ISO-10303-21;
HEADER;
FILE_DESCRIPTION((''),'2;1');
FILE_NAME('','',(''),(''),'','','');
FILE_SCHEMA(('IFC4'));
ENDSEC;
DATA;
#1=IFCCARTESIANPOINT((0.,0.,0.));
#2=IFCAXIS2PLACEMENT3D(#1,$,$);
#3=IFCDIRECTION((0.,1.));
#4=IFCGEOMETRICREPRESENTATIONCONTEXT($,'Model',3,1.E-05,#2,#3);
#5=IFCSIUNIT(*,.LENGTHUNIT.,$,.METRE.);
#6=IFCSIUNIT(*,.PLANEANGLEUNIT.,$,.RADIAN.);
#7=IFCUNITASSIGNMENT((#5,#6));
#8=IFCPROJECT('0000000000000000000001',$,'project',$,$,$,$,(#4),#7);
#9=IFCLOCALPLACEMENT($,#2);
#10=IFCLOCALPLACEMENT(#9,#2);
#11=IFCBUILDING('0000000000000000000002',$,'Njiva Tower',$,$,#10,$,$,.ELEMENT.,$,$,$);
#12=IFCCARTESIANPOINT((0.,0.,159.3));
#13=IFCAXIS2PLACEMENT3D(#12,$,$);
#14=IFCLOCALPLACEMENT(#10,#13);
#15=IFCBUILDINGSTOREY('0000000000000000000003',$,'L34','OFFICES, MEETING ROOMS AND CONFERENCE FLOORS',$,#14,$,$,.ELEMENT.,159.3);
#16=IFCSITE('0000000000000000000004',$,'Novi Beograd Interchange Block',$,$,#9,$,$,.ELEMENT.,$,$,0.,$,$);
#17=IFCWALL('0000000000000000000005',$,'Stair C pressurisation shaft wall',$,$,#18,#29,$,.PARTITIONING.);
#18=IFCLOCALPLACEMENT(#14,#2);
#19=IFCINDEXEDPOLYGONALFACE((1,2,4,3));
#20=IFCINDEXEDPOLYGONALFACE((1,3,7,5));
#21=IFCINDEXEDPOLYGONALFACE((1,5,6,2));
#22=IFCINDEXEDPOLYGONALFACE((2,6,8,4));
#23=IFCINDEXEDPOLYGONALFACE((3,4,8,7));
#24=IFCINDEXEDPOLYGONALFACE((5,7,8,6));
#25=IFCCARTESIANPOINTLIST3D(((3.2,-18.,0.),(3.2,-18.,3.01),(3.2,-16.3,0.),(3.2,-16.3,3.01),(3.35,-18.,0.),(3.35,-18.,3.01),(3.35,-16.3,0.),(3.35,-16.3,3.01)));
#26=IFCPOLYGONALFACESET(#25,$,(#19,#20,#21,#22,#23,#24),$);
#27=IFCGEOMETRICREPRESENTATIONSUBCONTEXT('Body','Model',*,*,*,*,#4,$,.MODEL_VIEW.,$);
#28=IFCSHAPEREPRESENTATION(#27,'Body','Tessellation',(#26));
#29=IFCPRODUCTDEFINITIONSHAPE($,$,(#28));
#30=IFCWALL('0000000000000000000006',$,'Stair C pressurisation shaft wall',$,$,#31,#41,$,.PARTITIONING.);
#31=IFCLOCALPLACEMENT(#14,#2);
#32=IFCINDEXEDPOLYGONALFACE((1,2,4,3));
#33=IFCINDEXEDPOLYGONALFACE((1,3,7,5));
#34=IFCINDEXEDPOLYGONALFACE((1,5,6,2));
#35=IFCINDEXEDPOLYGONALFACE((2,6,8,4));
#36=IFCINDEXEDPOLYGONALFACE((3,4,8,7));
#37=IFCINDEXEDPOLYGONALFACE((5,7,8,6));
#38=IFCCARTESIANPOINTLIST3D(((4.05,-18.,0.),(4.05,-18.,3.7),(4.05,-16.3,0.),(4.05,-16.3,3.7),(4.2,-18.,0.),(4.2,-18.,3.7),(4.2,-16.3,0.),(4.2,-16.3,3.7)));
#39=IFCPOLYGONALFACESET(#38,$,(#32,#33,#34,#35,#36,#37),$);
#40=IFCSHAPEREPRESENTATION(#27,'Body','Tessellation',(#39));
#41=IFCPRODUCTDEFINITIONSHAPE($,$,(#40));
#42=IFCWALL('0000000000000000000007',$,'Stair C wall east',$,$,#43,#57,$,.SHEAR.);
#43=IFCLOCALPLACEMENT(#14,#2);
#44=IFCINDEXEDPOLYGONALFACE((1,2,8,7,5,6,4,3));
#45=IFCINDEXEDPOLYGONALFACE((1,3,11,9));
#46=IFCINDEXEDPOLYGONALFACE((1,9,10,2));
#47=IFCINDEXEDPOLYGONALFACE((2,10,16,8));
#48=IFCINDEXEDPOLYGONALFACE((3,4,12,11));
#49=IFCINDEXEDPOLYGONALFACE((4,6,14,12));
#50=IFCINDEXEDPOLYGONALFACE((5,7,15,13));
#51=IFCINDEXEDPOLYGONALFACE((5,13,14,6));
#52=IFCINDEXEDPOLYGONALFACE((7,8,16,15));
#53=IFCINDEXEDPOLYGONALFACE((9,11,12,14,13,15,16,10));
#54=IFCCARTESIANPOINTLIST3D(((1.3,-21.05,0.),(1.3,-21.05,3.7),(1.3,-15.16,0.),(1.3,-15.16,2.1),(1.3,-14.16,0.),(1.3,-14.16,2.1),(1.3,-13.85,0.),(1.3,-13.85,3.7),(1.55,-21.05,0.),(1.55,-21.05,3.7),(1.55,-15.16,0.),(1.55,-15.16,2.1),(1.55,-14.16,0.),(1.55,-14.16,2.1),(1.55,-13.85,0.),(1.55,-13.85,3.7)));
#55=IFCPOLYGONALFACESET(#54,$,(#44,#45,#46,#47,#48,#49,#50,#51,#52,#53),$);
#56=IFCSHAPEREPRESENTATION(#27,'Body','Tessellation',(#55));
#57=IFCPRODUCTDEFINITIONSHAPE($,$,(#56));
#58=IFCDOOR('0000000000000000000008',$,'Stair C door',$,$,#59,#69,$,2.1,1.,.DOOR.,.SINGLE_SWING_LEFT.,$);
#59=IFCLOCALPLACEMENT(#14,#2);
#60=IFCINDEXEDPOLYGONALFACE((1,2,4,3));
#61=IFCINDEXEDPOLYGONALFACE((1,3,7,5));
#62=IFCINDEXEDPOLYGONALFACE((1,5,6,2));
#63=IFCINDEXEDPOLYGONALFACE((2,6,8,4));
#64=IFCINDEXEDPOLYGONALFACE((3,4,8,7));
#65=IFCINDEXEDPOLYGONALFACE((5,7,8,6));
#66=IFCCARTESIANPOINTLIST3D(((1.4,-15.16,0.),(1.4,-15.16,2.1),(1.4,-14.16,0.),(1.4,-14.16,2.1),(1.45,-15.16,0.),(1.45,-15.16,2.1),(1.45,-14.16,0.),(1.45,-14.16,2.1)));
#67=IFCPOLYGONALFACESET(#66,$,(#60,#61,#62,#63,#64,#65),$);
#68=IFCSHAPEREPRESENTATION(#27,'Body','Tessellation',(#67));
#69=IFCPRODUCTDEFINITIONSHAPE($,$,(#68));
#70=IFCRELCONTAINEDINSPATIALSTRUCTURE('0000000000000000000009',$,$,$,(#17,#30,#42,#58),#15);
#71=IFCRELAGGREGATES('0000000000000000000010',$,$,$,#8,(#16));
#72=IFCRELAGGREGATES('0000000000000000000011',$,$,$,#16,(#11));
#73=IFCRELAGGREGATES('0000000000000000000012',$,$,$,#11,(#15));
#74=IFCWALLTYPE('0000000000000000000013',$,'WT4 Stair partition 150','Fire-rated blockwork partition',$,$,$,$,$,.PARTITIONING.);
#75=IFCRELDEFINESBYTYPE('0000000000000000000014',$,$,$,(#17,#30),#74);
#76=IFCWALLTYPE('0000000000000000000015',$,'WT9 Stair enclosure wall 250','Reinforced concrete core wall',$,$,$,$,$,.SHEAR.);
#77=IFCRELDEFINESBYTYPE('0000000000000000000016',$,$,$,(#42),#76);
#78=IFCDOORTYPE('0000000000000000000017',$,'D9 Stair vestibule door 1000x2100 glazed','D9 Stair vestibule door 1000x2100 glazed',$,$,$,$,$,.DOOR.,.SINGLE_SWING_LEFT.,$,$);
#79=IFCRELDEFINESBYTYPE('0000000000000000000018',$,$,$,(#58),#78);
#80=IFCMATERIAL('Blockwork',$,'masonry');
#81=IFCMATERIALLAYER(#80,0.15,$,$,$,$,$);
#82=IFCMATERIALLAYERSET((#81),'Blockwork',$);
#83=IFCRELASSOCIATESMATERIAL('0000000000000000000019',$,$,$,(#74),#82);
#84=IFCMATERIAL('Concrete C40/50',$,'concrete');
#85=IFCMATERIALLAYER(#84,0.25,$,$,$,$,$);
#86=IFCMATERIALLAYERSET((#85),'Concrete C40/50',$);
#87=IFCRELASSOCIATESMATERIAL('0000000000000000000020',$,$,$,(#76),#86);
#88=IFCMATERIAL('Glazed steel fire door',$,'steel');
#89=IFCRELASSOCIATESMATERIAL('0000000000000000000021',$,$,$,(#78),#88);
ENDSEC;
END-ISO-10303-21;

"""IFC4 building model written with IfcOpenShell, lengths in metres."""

from ifc_helpers import new_model, si_unit, direction, frame, frame_2d, origin, place, context, subcontext, project, spatial, rectangle, extrude, material, layer, layer_set, type_object, element, fill, save


model = new_model("IFC4")

# Units and contexts
model_context = context("Model", 3, precision=1e-05, world=origin(), true_north=direction((0.0, 1.0)))
body_context = subcontext(model_context, "Body", "Model", "MODEL_VIEW")
ifc_project = project(units=[si_unit("LENGTHUNIT", "METRE"), si_unit("PLANEANGLEUNIT", "RADIAN")], contexts=[model_context])

# Site, building, storey
site_placement = place(None, origin())
site = spatial("IfcSite", under=ifc_project, at=site_placement, Name="Novi Beograd Interchange Block", CompositionType="ELEMENT", RefElevation=0.0)
building_placement = place(site_placement, origin())
building = spatial("IfcBuilding", under=site, at=building_placement, Name="Njiva Tower", CompositionType="ELEMENT")
storey_placement = place(building_placement, frame((0.0, 0.0, 159.3)))
storey = spatial("IfcBuildingStorey", under=building, at=storey_placement, Name="L34", Description="OFFICES, MEETING ROOMS AND CONFERENCE FLOORS", CompositionType="ELEMENT", Elevation=159.3)

# Walls
ifc_material_1 = material(Name="Blockwork", Category="masonry")
ifc_layer_1 = layer(ifc_material_1, 0.15)
ifc_layer_set_1 = layer_set([ifc_layer_1], Name="Blockwork")
wall_type_1 = type_object("IfcWallType", Name="WT4 Stair partition 150", Description="Fire-rated blockwork partition", PredefinedType="PARTITIONING", material=ifc_layer_set_1)
wall_1_placement = place(storey_placement, frame((3.275, -18.0, 0.0), z_axis=(0.0, 0.0, 1.0), x_axis=(0.0, 1.0, 0.0)))
element("IfcWall", 1, at=wall_1_placement, inside=storey, type_object=wall_type_1, Name="Stair C pressurisation shaft wall", PredefinedType="PARTITIONING", context=body_context, shape_type="SweptSolid", body=[
    extrude(rectangle(XDim=1.7, YDim=0.15, at=frame_2d((0.85, 0.0))), origin(), (0.0, 0.0, 1.0), 3.01),
])
wall_2_placement = place(storey_placement, frame((4.125, -18.0, 0.0), z_axis=(0.0, 0.0, 1.0), x_axis=(0.0, 1.0, 0.0)))
element("IfcWall", 2, at=wall_2_placement, inside=storey, type_object=wall_type_1, Name="Stair C pressurisation shaft wall", PredefinedType="PARTITIONING", context=body_context, shape_type="SweptSolid", body=[
    extrude(rectangle(XDim=1.7, YDim=0.15, at=frame_2d((0.85, 0.0))), origin(), (0.0, 0.0, 1.0), 3.7),
])

# Wall, opening, door
ifc_material_2 = material(Name="Concrete C40/50", Category="concrete")
ifc_layer_2 = layer(ifc_material_2, 0.25)
ifc_layer_set_2 = layer_set([ifc_layer_2], Name="Concrete C40/50")
wall_type_2 = type_object("IfcWallType", Name="WT9 Stair enclosure wall 250", Description="Reinforced concrete core wall", PredefinedType="SHEAR", material=ifc_layer_set_2)
wall_3_placement = place(storey_placement, frame((1.425, -21.05, 0.0), z_axis=(0.0, 0.0, 1.0), x_axis=(0.0, 1.0, 0.0)))
wall_3 = element("IfcWall", 3, at=wall_3_placement, inside=storey, type_object=wall_type_2, Name="Stair C wall east", PredefinedType="SHEAR", context=body_context, shape_type="SweptSolid", body=[
    extrude(rectangle(XDim=7.2, YDim=0.25, at=frame_2d((3.6, 0.0))), origin(), (0.0, 0.0, 1.0), 3.7),
])
opening_1_placement = place(wall_3_placement, frame((5.89, 0.0, 0.0)))
opening_1 = element("IfcOpeningElement", 4, at=opening_1_placement, cuts=wall_3, PredefinedType="OPENING", context=body_context, shape_type="SweptSolid", body=[
    extrude(rectangle(XDim=1.0, YDim=2.1, at=frame_2d((0.5, 1.05))), frame((0.0, 0.135, 0.0), z_axis=(0.0, -1.0, 0.0), x_axis=(1.0, 0.0, 0.0)), (0.0, 0.0, 1.0), 0.27),
])
ifc_material_3 = material(Name="Glazed steel fire door", Category="steel")
door_type = type_object("IfcDoorType", Name="D9 Stair vestibule door 1000x2100 glazed", Description="D9 Stair vestibule door 1000x2100 glazed", OperationType="SINGLE_SWING_LEFT", PredefinedType="DOOR", material=ifc_material_3)
door_placement = place(opening_1_placement, origin())
door = element("IfcDoor", 5, at=door_placement, inside=storey, type_object=door_type, Name="Stair C door", OperationType="SINGLE_SWING_LEFT", OverallHeight=2.1, OverallWidth=1.0, PredefinedType="DOOR", context=body_context, shape_type="SweptSolid", body=[
    extrude(rectangle(XDim=1.0, YDim=2.1, at=frame_2d((0.5, 1.05))), frame((0.0, 0.025, 0.0), z_axis=(0.0, -1.0, 0.0), x_axis=(1.0, 0.0, 0.0)), (0.0, 0.0, 1.0), 0.05),
])
fill(opening_1, door)

save(model, "model.ifc")
